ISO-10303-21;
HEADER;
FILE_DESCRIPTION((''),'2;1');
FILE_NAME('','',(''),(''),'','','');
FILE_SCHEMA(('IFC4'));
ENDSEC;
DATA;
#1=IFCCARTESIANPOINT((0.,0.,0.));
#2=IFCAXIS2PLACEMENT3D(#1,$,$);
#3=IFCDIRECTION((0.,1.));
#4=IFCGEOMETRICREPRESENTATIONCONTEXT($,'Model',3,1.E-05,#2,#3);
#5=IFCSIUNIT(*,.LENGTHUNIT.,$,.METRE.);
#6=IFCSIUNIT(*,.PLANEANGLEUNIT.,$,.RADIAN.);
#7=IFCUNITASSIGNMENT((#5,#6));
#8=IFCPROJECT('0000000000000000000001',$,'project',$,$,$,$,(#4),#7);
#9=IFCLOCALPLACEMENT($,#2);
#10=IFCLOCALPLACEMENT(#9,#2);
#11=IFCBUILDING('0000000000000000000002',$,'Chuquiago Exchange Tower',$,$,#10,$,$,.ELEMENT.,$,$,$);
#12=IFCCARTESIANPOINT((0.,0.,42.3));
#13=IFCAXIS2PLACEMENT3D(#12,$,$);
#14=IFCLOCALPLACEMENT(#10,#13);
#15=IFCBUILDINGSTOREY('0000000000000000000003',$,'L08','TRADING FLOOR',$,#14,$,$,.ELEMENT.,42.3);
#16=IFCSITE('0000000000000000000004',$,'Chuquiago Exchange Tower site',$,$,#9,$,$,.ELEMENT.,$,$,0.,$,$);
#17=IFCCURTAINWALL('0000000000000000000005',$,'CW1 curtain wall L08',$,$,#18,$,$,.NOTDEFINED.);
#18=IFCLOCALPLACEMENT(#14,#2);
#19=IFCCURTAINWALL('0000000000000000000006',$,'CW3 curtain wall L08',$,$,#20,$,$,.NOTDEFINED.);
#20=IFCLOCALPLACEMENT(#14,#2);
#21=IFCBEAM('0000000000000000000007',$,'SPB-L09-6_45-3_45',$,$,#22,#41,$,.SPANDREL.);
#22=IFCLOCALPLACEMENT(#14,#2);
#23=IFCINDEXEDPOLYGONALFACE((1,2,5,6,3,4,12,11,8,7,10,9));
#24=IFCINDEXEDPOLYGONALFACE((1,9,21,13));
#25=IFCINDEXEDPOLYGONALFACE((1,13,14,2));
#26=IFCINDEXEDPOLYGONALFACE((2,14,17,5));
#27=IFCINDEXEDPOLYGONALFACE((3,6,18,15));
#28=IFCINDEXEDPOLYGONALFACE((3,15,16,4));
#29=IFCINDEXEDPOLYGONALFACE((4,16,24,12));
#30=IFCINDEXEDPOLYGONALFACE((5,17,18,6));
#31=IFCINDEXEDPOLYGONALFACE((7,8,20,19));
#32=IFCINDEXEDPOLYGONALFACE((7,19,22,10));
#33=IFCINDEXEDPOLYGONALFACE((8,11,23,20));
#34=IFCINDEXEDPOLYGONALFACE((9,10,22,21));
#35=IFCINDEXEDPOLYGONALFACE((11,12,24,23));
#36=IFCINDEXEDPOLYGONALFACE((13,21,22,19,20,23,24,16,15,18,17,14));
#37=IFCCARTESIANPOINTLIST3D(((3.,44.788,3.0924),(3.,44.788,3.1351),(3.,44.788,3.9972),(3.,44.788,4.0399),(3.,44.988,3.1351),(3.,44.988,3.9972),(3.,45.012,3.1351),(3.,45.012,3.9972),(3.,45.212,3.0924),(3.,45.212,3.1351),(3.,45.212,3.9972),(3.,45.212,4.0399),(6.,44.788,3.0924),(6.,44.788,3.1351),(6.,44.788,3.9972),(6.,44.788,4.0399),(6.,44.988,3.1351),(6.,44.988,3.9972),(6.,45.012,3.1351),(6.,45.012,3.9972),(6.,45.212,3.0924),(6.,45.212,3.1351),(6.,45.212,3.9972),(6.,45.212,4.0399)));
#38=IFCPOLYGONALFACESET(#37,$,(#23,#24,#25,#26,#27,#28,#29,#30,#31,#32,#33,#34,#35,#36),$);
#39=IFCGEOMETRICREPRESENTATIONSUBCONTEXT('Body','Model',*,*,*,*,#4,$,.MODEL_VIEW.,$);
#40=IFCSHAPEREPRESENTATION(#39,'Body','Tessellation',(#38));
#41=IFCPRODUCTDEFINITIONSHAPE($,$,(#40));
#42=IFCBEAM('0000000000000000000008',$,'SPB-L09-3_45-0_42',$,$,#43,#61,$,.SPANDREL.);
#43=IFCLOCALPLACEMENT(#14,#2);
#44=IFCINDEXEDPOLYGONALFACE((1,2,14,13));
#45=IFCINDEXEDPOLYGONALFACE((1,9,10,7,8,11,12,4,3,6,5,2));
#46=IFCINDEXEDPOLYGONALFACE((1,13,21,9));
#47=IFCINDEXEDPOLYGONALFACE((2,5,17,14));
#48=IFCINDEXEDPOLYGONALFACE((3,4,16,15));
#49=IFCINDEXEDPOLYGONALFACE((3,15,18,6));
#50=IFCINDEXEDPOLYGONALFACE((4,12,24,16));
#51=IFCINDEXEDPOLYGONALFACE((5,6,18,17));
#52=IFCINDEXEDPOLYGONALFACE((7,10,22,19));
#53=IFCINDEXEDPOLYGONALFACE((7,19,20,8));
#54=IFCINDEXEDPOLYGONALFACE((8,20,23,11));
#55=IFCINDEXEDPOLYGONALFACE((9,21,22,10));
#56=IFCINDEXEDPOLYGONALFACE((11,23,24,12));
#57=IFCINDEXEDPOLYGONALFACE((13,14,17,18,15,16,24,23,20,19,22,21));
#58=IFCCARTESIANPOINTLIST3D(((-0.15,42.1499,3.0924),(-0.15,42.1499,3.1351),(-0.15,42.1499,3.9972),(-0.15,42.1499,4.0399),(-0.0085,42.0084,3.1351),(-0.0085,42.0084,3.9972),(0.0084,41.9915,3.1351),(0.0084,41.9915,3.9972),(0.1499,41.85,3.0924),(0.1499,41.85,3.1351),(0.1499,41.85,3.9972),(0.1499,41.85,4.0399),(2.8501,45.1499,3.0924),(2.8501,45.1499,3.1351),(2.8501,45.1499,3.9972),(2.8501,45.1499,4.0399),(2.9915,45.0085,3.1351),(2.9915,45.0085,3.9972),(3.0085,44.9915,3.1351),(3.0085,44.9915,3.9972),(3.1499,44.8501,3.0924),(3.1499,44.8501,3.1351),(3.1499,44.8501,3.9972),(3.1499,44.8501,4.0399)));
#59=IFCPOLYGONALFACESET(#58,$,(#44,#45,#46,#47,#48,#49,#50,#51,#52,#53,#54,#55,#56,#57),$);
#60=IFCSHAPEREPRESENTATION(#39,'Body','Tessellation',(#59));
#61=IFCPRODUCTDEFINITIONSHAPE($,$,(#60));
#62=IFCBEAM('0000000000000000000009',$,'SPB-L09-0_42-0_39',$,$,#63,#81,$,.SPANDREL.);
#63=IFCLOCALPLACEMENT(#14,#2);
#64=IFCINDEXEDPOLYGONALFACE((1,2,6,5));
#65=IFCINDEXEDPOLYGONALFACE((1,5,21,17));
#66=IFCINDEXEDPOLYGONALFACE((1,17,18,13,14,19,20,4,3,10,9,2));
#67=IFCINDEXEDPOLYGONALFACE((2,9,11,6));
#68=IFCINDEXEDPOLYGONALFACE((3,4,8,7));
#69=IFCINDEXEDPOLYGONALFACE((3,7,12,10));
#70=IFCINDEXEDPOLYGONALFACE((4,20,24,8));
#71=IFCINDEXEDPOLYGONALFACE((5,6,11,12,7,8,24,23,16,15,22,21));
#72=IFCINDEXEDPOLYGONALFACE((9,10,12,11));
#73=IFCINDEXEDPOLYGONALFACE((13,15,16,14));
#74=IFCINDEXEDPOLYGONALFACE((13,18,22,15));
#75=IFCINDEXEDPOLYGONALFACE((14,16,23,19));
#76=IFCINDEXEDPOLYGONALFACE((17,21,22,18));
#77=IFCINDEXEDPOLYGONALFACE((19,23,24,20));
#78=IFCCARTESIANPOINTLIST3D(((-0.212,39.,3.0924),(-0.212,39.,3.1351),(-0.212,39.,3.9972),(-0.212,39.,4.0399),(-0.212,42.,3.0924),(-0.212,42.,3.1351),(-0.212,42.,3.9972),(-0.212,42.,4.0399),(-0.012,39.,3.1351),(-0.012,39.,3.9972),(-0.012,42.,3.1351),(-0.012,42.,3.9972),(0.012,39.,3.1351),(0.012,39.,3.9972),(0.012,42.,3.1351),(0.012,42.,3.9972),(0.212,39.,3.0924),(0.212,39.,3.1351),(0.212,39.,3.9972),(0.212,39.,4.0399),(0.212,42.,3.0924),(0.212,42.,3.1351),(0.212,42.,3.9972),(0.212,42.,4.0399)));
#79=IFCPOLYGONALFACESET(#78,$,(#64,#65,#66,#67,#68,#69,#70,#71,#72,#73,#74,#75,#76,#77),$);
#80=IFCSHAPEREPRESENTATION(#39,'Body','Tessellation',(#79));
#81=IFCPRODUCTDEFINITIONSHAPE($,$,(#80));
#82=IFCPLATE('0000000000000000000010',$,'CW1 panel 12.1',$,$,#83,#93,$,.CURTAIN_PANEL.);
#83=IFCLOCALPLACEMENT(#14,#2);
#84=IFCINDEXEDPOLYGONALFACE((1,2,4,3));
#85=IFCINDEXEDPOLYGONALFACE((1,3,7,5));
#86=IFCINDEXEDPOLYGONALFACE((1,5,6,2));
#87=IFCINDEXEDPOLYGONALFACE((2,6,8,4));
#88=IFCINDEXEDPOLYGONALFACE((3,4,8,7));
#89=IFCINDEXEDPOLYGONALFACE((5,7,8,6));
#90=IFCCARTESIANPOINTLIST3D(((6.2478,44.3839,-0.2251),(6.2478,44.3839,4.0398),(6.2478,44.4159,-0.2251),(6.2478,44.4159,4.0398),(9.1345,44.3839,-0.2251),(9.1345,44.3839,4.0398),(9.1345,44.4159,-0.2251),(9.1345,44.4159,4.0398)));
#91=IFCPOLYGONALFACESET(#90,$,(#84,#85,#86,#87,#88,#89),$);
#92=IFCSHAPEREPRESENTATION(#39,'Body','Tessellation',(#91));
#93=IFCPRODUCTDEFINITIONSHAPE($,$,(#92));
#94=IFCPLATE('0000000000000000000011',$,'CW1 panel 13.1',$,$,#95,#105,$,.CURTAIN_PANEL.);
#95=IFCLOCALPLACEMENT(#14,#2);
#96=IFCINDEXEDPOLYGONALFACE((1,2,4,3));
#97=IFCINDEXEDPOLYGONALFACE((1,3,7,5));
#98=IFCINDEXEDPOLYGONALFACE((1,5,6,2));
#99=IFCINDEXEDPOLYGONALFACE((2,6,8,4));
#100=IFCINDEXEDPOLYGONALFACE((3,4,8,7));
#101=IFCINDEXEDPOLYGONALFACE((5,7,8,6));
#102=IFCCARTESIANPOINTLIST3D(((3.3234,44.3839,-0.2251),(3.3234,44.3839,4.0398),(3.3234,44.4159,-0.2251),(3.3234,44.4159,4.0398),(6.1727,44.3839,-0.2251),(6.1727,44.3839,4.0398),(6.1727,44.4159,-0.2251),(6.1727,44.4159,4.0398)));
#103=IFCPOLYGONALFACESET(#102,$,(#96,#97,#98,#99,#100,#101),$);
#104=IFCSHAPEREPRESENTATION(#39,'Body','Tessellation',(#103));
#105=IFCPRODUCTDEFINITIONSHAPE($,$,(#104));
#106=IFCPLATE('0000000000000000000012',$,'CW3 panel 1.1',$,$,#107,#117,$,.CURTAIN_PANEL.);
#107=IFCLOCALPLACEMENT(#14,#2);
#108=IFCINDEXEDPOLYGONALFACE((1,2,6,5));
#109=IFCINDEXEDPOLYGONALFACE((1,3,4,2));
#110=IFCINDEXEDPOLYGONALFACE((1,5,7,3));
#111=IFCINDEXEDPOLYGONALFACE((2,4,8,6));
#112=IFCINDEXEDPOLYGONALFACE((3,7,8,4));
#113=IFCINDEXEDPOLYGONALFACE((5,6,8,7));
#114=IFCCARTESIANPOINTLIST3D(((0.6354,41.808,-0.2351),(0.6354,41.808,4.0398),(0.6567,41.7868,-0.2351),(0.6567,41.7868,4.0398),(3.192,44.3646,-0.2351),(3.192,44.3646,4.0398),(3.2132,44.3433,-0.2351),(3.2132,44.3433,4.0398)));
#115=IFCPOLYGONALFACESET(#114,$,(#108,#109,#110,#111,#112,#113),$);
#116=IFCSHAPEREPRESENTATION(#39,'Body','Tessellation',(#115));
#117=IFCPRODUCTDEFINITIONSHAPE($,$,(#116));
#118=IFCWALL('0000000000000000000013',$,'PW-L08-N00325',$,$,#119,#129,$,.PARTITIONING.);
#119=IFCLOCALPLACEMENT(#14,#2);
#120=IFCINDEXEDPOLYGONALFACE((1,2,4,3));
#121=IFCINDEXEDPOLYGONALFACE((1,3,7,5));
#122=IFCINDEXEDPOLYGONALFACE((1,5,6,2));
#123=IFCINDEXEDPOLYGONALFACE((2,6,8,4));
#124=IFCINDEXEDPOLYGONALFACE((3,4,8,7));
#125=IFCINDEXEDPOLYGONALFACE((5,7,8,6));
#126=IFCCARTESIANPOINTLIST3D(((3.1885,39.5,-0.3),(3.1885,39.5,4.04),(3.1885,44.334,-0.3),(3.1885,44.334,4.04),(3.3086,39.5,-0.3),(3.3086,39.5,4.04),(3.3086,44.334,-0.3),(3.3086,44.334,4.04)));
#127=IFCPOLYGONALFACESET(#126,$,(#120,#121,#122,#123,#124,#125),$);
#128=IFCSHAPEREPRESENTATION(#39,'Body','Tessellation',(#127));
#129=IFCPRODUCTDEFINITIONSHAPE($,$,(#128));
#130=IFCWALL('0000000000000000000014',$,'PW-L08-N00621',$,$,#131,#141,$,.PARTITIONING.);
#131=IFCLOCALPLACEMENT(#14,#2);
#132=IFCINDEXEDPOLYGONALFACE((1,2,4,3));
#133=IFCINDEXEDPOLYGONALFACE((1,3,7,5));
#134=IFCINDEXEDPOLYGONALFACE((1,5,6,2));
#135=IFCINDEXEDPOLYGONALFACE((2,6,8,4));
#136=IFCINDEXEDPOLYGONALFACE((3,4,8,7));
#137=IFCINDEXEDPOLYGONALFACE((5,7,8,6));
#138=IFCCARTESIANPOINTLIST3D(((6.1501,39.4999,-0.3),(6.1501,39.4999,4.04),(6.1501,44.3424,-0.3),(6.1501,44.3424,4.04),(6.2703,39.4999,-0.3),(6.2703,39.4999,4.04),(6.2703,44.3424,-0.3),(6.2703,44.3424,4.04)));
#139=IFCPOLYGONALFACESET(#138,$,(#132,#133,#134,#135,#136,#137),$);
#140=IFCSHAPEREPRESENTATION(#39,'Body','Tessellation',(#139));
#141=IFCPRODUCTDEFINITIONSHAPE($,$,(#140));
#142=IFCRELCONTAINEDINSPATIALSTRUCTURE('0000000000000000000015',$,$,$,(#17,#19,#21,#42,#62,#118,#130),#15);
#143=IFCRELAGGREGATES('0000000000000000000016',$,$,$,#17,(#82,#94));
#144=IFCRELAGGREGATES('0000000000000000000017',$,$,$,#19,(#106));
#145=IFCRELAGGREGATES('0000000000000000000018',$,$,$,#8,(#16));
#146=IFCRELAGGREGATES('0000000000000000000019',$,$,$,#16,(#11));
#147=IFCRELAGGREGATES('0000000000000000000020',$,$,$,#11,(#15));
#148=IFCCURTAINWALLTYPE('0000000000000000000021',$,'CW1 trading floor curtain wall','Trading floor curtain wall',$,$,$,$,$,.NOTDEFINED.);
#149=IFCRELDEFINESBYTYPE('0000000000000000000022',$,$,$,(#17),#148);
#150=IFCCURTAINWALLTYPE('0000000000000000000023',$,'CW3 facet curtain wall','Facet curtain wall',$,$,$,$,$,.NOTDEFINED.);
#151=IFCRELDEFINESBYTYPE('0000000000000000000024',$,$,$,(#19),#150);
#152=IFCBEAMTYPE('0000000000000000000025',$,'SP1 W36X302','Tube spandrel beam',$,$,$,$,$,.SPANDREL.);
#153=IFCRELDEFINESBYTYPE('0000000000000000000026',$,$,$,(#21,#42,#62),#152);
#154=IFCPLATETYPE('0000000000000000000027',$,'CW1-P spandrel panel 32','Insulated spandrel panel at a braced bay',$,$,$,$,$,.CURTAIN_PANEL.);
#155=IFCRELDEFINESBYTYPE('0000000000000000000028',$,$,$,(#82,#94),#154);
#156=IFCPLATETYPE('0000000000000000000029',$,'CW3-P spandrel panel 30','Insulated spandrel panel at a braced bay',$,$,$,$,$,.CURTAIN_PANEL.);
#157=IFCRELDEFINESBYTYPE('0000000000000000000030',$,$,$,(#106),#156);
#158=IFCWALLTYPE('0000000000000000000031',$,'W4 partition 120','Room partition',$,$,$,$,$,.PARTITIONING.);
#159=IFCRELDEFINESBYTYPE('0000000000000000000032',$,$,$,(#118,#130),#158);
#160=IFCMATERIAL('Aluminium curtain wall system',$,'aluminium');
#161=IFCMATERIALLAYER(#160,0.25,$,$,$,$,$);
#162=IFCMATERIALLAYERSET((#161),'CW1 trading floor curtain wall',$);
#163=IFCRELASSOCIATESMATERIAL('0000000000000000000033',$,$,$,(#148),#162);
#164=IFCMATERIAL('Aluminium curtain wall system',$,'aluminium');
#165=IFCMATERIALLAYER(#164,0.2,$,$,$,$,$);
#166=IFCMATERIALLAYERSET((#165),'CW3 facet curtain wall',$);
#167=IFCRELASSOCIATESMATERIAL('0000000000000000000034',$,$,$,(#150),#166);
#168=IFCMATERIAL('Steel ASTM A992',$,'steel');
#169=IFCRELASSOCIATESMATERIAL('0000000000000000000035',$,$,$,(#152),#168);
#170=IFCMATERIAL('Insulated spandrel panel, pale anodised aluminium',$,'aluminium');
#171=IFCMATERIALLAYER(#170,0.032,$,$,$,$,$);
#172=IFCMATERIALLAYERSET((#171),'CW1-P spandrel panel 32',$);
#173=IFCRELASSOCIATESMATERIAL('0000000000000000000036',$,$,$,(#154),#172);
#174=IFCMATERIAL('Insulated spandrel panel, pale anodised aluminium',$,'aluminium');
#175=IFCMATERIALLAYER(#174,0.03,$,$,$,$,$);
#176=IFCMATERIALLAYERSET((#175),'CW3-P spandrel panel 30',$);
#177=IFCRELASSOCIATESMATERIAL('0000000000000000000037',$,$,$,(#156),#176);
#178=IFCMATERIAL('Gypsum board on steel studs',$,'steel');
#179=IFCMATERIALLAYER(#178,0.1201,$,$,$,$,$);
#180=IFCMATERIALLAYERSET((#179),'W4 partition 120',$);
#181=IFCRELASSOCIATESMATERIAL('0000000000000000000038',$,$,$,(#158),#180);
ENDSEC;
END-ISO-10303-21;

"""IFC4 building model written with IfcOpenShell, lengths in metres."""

from ifc_helpers import new_model, si_unit, direction, frame, frame_2d, origin, origin_2d, place, context, subcontext, project, spatial, rectangle, i_section, extrude, material, layer, layer_set, material_profile, profile_set, type_object, element, aggregate, save


model = new_model("IFC4")

# Units and contexts
model_context = context("Model", 3, precision=1e-05, world=origin(), true_north=direction((0.0, 1.0)))
body_context = subcontext(model_context, "Body", "Model", "MODEL_VIEW")
ifc_project = project(units=[si_unit("LENGTHUNIT", "METRE"), si_unit("PLANEANGLEUNIT", "RADIAN")], contexts=[model_context])

# Site, building, storey
site_placement = place(None, origin())
site = spatial("IfcSite", under=ifc_project, at=site_placement, Name="Chuquiago Exchange Tower site", CompositionType="ELEMENT", RefElevation=0.0)
building_placement = place(site_placement, origin())
building = spatial("IfcBuilding", under=site, at=building_placement, Name="Chuquiago Exchange Tower", CompositionType="ELEMENT")
storey_placement = place(building_placement, frame((0.0, 0.0, 42.3)))
storey = spatial("IfcBuildingStorey", under=building, at=storey_placement, Name="L08", Description="TRADING FLOOR", CompositionType="ELEMENT", Elevation=42.3)

# Curtain walls
ifc_material_1 = material(Name="Aluminium curtain wall system", Category="aluminium")
ifc_layer_1 = layer(ifc_material_1, 0.25)
ifc_layer_set_1 = layer_set([ifc_layer_1], Name="CW1 trading floor curtain wall")
curtain_wall_type_1 = type_object("IfcCurtainWallType", Name="CW1 trading floor curtain wall", Description="Trading floor curtain wall", PredefinedType="NOTDEFINED", material=ifc_layer_set_1)
curtain_wall_1_placement = place(storey_placement, origin())
curtain_wall_1 = element("IfcCurtainWall", 1, at=curtain_wall_1_placement, inside=storey, type_object=curtain_wall_type_1, Name="CW1 curtain wall L08", PredefinedType="NOTDEFINED")
ifc_material_2 = material(Name="Aluminium curtain wall system", Category="aluminium")
ifc_layer_2 = layer(ifc_material_2, 0.2)
ifc_layer_set_2 = layer_set([ifc_layer_2], Name="CW3 facet curtain wall")
curtain_wall_type_2 = type_object("IfcCurtainWallType", Name="CW3 facet curtain wall", Description="Facet curtain wall", PredefinedType="NOTDEFINED", material=ifc_layer_set_2)
curtain_wall_2_placement = place(storey_placement, origin())
curtain_wall_2 = element("IfcCurtainWall", 2, at=curtain_wall_2_placement, inside=storey, type_object=curtain_wall_type_2, Name="CW3 curtain wall L08", PredefinedType="NOTDEFINED")

# Beams
ifc_material_3 = material(Name="Steel ASTM A992", Category="steel")
ifc_material_profile_1 = material_profile(ifc_material_3, i_section(OverallWidth=0.4241, OverallDepth=0.9475, WebThickness=0.0239, FlangeThickness=0.0427, at=origin_2d()), Name="W36X302")
ifc_profile_set_1 = profile_set([ifc_material_profile_1], Name="Steel ASTM A992")
beam_type = type_object("IfcBeamType", Name="SP1 W36X302", Description="Tube spandrel beam", PredefinedType="SPANDREL", material=ifc_profile_set_1)
beam_1_placement = place(storey_placement, frame((6.0, 45.0, 3.5662), z_axis=(-1.0, 0.0, 0.0), x_axis=(0.0, -1.0, 0.0)))
element("IfcBeam", 3, at=beam_1_placement, inside=storey, type_object=beam_type, Name="SPB-L09-6_45-3_45", PredefinedType="SPANDREL", context=body_context, shape_type="SweptSolid", body=[
    extrude(i_section(OverallWidth=0.4241, OverallDepth=0.9475, WebThickness=0.0239, FlangeThickness=0.0427, at=origin_2d()), origin(), (0.0, 0.0, 1.0), 3.0),
])
beam_2_placement = place(storey_placement, frame((3.0, 45.0, 3.5662), z_axis=(-0.707107, -0.707107, 0.0), x_axis=(0.707107, -0.707107, 0.0)))
element("IfcBeam", 4, at=beam_2_placement, inside=storey, type_object=beam_type, Name="SPB-L09-3_45-0_42", PredefinedType="SPANDREL", context=body_context, shape_type="SweptSolid", body=[
    extrude(i_section(OverallWidth=0.4241, OverallDepth=0.9475, WebThickness=0.0239, FlangeThickness=0.0427, at=origin_2d()), origin(), (0.0, 0.0, 1.0), 4.2427),
])
beam_3_placement = place(storey_placement, frame((0.0, 42.0, 3.5662), z_axis=(0.0, -1.0, 0.0), x_axis=(1.0, 0.0, 0.0)))
element("IfcBeam", 5, at=beam_3_placement, inside=storey, type_object=beam_type, Name="SPB-L09-0_42-0_39", PredefinedType="SPANDREL", context=body_context, shape_type="SweptSolid", body=[
    extrude(i_section(OverallWidth=0.4241, OverallDepth=0.9475, WebThickness=0.0239, FlangeThickness=0.0427, at=origin_2d()), origin(), (0.0, 0.0, 1.0), 3.0),
])

# Plates
ifc_material_4 = material(Name="Insulated spandrel panel, pale anodised aluminium", Category="aluminium")
ifc_layer_3 = layer(ifc_material_4, 0.032)
ifc_layer_set_3 = layer_set([ifc_layer_3], Name="CW1-P spandrel panel 32")
plate_type_1 = type_object("IfcPlateType", Name="CW1-P spandrel panel 32", Description="Insulated spandrel panel at a braced bay", PredefinedType="CURTAIN_PANEL", material=ifc_layer_set_3)
plate_1_placement = place(storey_placement, frame((7.6912, 44.3999, -0.2251), z_axis=(0.0, 0.0, 1.0), x_axis=(-1.0, 0.0, 0.0)))
plate_1 = element("IfcPlate", 6, at=plate_1_placement, type_object=plate_type_1, Name="CW1 panel 12.1", PredefinedType="CURTAIN_PANEL", context=body_context, shape_type="SweptSolid", body=[
    extrude(rectangle(XDim=2.8867, YDim=0.032, at=origin_2d()), origin(), (0.0, 0.0, 1.0), 4.2649),
])
plate_2_placement = place(storey_placement, frame((4.748, 44.3999, -0.2251), z_axis=(0.0, 0.0, 1.0), x_axis=(-1.0, 0.0, 0.0)))
plate_2 = element("IfcPlate", 7, at=plate_2_placement, type_object=plate_type_1, Name="CW1 panel 13.1", PredefinedType="CURTAIN_PANEL", context=body_context, shape_type="SweptSolid", body=[
    extrude(rectangle(XDim=2.8494, YDim=0.032, at=origin_2d()), origin(), (0.0, 0.0, 1.0), 4.2649),
])
aggregate(curtain_wall_1, [plate_1, plate_2])
ifc_material_5 = material(Name="Insulated spandrel panel, pale anodised aluminium", Category="aluminium")
ifc_layer_4 = layer(ifc_material_5, 0.03)
ifc_layer_set_4 = layer_set([ifc_layer_4], Name="CW3-P spandrel panel 30")
plate_type_2 = type_object("IfcPlateType", Name="CW3-P spandrel panel 30", Description="Insulated spandrel panel at a braced bay", PredefinedType="CURTAIN_PANEL", material=ifc_layer_set_4)
plate_3_placement = place(storey_placement, frame((1.9243, 43.0757, -0.2351), z_axis=(0.0, 0.0, 1.0), x_axis=(-0.707107, -0.707107, 0.0)))
plate_3 = element("IfcPlate", 8, at=plate_3_placement, type_object=plate_type_2, Name="CW3 panel 1.1", PredefinedType="CURTAIN_PANEL", context=body_context, shape_type="SweptSolid", body=[
    extrude(rectangle(XDim=3.6155, YDim=0.03, at=origin_2d()), origin(), (0.0, 0.0, 1.0), 4.2749),
])
aggregate(curtain_wall_2, [plate_3])

# Walls
ifc_material_6 = material(Name="Gypsum board on steel studs", Category="steel")
ifc_layer_5 = layer(ifc_material_6, 0.1201)
ifc_layer_set_5 = layer_set([ifc_layer_5], Name="W4 partition 120")
wall_type = type_object("IfcWallType", Name="W4 partition 120", Description="Room partition", PredefinedType="PARTITIONING", material=ifc_layer_set_5)
wall_1_placement = place(storey_placement, frame((3.2485, 44.334, -0.3), z_axis=(0.0, 0.0, 1.0), x_axis=(0.0, -1.0, 0.0)))
element("IfcWall", 9, at=wall_1_placement, inside=storey, type_object=wall_type, Name="PW-L08-N00325", PredefinedType="PARTITIONING", context=body_context, shape_type="SweptSolid", body=[
    extrude(rectangle(XDim=4.834, YDim=0.1201, at=frame_2d((2.417, 0.0))), origin(), (0.0, 0.0, 1.0), 4.3401),
])
wall_2_placement = place(storey_placement, frame((6.2102, 44.3425, -0.3), z_axis=(0.0, 0.0, 1.0), x_axis=(0.0, -1.0, 0.0)))
element("IfcWall", 10, at=wall_2_placement, inside=storey, type_object=wall_type, Name="PW-L08-N00621", PredefinedType="PARTITIONING", context=body_context, shape_type="SweptSolid", body=[
    extrude(rectangle(XDim=4.8425, YDim=0.1201, at=frame_2d((2.4214, 0.0))), origin(), (0.0, 0.0, 1.0), 4.3401),
])

save(model, "model.ifc")
